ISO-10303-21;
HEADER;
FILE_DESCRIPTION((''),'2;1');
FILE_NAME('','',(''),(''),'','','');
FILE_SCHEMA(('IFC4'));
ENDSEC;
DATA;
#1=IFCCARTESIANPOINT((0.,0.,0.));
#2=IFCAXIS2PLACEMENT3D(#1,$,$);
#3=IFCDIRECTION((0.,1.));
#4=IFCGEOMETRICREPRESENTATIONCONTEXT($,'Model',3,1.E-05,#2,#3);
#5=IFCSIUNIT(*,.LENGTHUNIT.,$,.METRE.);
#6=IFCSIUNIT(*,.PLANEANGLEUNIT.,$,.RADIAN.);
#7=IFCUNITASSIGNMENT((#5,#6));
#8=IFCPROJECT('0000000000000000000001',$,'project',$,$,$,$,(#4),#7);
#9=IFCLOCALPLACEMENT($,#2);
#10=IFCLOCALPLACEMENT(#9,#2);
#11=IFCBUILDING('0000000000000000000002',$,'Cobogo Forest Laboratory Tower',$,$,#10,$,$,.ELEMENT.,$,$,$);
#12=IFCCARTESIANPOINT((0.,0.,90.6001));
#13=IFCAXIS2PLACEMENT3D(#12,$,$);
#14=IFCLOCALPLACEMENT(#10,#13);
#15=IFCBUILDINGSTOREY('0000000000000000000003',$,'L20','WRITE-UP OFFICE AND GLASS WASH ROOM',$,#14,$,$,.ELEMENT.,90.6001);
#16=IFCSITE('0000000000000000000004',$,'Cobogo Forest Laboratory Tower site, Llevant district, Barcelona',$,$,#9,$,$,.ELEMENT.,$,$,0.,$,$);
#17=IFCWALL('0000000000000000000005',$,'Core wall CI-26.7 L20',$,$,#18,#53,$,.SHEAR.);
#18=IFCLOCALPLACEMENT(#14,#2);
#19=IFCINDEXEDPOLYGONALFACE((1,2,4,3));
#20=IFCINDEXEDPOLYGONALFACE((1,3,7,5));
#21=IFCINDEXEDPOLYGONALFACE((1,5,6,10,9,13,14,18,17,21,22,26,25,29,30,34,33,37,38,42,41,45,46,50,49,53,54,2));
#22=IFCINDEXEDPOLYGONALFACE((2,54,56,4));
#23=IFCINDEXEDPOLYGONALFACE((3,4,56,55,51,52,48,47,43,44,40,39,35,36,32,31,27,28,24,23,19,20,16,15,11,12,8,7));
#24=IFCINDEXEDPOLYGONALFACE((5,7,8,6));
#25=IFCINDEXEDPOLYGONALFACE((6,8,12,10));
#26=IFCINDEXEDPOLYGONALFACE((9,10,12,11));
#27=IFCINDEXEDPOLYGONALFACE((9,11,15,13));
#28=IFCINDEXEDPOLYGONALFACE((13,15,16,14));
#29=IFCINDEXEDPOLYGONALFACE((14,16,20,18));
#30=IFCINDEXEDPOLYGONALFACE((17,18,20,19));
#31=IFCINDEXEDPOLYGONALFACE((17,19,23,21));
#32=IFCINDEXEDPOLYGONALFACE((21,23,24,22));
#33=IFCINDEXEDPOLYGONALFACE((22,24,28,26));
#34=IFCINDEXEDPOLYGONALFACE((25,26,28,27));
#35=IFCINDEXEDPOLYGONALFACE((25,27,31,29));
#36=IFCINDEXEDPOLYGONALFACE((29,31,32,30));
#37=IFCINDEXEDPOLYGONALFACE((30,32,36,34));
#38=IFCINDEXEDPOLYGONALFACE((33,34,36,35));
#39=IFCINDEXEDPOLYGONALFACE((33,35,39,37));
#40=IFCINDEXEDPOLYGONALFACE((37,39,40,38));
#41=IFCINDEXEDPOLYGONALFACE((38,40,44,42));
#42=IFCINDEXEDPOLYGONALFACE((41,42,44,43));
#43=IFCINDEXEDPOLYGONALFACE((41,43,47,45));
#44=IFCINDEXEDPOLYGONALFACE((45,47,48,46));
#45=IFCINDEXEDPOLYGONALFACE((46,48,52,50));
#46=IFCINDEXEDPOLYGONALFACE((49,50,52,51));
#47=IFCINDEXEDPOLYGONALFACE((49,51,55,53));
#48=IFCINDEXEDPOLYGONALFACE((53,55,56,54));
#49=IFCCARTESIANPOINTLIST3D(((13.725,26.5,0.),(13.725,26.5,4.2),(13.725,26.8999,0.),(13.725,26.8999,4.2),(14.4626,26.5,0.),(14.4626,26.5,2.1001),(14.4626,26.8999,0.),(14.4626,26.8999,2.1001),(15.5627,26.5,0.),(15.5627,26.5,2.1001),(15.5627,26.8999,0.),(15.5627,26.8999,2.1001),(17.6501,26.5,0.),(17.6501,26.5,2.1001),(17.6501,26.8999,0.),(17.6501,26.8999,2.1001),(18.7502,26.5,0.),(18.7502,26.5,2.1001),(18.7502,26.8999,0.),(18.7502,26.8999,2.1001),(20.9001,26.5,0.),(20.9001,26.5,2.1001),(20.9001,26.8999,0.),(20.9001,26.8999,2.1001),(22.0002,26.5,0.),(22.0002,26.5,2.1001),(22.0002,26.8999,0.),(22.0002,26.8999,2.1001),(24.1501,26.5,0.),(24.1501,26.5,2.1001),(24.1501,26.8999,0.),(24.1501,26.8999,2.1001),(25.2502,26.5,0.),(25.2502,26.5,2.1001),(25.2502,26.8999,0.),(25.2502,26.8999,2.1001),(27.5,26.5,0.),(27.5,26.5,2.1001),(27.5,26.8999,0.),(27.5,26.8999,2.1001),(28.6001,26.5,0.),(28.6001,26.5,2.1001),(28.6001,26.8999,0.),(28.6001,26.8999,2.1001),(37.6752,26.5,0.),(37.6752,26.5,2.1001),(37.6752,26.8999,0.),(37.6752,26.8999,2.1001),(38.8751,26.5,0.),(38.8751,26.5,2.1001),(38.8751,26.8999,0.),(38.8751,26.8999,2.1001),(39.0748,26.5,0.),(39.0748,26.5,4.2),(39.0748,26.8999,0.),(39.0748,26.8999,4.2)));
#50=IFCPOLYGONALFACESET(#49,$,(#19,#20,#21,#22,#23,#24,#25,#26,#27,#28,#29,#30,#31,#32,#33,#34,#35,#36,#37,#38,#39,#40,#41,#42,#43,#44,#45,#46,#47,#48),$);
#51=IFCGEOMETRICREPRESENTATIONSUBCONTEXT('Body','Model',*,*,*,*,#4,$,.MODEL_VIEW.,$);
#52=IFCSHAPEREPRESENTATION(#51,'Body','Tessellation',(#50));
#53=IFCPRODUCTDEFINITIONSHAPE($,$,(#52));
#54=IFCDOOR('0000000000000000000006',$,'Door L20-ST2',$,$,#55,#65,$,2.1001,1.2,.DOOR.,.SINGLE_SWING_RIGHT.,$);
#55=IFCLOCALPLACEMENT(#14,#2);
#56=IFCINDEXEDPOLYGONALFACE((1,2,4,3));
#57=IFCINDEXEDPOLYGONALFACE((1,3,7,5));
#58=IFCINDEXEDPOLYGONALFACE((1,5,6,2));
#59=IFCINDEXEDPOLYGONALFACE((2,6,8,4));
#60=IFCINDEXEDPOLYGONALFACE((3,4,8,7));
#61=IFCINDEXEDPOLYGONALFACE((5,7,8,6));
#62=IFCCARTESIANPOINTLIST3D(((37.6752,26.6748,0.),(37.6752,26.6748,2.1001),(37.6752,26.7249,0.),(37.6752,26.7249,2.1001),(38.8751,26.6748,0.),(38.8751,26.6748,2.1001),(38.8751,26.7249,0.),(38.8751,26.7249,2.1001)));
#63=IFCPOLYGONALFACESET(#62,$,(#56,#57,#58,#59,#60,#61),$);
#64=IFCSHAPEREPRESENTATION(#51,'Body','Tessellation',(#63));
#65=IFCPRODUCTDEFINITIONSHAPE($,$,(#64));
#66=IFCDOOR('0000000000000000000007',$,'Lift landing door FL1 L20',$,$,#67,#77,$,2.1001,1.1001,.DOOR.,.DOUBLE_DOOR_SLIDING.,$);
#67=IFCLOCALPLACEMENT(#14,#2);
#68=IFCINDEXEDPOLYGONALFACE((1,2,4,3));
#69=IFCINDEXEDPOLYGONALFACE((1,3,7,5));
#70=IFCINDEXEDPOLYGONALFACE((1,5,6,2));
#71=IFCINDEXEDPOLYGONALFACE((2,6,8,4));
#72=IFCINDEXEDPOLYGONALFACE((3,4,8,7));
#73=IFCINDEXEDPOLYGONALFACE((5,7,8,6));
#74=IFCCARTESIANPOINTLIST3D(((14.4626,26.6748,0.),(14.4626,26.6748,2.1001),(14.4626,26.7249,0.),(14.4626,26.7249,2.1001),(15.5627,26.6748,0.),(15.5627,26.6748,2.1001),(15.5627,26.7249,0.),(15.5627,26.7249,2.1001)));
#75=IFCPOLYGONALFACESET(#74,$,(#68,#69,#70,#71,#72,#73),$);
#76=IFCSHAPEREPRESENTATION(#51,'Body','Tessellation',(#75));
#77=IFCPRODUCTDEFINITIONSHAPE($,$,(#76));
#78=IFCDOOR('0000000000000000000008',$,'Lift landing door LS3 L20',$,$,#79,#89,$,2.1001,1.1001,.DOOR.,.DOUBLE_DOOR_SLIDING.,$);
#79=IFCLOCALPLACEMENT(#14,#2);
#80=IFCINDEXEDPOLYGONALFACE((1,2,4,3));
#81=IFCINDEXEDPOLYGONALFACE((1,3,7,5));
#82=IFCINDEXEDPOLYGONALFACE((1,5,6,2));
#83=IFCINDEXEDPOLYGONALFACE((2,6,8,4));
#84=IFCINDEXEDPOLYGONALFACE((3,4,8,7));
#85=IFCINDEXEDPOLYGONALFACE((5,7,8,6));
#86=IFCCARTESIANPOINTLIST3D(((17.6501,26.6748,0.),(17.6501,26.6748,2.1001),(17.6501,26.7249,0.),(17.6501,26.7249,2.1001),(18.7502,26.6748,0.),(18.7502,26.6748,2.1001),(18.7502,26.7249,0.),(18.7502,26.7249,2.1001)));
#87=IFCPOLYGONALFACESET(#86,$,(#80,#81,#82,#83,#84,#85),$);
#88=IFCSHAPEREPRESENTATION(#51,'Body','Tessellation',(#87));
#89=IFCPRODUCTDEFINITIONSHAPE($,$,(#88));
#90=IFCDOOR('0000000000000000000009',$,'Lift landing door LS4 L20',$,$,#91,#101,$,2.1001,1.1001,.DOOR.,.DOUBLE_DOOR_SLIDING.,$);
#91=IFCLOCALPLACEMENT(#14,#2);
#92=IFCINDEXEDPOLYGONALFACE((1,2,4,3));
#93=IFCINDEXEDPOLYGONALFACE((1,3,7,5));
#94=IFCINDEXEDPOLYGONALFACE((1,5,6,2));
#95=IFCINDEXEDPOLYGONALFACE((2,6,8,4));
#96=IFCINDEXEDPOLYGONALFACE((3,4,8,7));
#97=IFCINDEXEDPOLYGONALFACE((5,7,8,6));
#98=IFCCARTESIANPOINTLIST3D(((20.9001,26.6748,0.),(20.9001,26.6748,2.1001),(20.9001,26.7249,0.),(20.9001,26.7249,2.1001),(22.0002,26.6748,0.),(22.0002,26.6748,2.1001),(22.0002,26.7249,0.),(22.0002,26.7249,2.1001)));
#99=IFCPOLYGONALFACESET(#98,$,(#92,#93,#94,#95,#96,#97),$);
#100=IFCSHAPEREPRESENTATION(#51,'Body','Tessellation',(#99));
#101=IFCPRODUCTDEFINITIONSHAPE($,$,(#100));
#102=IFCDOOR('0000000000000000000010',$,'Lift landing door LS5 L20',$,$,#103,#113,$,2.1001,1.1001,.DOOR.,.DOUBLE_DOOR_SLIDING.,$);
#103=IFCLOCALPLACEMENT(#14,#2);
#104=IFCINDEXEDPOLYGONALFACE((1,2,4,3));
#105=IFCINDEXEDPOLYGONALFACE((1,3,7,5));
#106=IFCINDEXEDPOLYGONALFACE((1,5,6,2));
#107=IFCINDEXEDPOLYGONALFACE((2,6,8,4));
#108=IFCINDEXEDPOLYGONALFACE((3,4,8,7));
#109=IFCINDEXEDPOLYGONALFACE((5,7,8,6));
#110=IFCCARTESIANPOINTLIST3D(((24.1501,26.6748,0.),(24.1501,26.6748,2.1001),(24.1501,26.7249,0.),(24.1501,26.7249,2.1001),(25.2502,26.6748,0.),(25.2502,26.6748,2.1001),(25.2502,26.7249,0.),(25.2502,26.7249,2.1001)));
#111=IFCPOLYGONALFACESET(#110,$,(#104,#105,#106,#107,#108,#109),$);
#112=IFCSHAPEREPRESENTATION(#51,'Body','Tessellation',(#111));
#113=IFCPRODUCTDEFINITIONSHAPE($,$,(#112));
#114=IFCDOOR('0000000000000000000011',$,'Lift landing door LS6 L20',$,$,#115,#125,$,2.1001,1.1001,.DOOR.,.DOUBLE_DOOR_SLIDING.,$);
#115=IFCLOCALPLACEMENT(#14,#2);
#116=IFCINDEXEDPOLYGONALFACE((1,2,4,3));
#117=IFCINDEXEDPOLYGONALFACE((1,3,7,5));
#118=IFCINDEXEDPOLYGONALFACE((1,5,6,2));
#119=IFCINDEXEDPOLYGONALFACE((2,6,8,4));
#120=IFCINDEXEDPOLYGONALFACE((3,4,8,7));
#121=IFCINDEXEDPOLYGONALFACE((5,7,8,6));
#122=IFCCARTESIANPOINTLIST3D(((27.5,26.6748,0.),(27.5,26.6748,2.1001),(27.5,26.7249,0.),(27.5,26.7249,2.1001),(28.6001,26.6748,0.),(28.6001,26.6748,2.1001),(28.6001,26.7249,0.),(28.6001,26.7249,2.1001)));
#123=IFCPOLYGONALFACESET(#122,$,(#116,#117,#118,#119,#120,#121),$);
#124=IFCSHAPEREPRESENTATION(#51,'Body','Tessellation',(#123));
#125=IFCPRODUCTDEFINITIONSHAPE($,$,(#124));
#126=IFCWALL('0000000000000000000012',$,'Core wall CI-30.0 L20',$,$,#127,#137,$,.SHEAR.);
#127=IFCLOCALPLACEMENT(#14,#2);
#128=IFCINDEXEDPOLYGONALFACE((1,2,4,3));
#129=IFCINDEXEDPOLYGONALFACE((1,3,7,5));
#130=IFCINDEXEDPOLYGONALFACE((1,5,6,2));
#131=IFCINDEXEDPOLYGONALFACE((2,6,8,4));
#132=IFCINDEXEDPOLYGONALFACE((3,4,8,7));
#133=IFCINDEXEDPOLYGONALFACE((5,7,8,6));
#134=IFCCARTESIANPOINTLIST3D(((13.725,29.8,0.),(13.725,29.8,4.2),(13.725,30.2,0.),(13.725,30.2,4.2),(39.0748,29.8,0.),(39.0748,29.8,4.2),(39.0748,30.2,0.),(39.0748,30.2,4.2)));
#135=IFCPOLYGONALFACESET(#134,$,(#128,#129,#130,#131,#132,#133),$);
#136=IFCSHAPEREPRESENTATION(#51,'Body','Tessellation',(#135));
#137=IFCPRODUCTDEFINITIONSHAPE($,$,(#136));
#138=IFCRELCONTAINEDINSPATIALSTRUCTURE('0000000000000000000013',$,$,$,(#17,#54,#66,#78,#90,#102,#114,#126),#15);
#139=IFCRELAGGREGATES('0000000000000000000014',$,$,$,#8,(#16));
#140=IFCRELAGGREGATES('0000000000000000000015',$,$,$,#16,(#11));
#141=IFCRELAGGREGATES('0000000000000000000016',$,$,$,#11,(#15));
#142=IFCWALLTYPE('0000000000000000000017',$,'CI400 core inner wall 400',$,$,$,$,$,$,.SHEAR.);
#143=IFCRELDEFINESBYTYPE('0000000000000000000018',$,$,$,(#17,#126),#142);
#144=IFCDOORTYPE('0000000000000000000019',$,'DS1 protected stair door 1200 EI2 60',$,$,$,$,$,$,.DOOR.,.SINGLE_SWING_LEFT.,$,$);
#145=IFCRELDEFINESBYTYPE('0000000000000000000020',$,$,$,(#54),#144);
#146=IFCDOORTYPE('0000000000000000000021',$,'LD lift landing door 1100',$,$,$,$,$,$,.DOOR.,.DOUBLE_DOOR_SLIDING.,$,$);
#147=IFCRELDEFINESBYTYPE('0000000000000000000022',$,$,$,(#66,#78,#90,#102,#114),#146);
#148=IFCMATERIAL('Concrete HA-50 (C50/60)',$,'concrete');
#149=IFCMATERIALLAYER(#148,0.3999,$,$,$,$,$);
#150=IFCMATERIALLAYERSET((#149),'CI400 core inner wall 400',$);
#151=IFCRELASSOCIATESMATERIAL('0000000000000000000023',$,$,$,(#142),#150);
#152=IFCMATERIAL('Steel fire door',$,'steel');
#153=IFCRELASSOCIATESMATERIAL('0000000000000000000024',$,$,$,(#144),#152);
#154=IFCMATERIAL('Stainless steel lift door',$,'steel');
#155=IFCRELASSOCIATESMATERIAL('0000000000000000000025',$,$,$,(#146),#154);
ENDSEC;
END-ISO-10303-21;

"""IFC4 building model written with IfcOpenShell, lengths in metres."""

from ifc_helpers import new_model, si_unit, direction, frame, frame_2d, origin, place, context, subcontext, project, spatial, rectangle, extrude, material, layer, layer_set, type_object, element, fill, save


model = new_model("IFC4")

# Units and contexts
model_context = context("Model", 3, precision=1e-05, world=origin(), true_north=direction((0.0, 1.0)))
body_context = subcontext(model_context, "Body", "Model", "MODEL_VIEW")
ifc_project = project(units=[si_unit("LENGTHUNIT", "METRE"), si_unit("PLANEANGLEUNIT", "RADIAN")], contexts=[model_context])

# Site, building, storey
site_placement = place(None, origin())
site = spatial("IfcSite", under=ifc_project, at=site_placement, Name="Cobogo Forest Laboratory Tower site, Llevant district, Barcelona", CompositionType="ELEMENT", RefElevation=0.0)
building_placement = place(site_placement, origin())
building = spatial("IfcBuilding", under=site, at=building_placement, Name="Cobogo Forest Laboratory Tower", CompositionType="ELEMENT")
storey_placement = place(building_placement, frame((0.0, 0.0, 90.6001)))
storey = spatial("IfcBuildingStorey", under=building, at=storey_placement, Name="L20", Description="WRITE-UP OFFICE AND GLASS WASH ROOM", CompositionType="ELEMENT", Elevation=90.6001)

# Shared definitions
ifc_material_1 = material(Name="Concrete HA-50 (C50/60)", Category="concrete")

# Wall, openings, doors
ifc_layer_1 = layer(ifc_material_1, 0.3999)
ifc_layer_set_1 = layer_set([ifc_layer_1], Name="CI400 core inner wall 400")
wall_type_1 = type_object("IfcWallType", Name="CI400 core inner wall 400", PredefinedType="SHEAR", material=ifc_layer_set_1)
wall_1_placement = place(storey_placement, frame((13.7251, 26.7, 0.0), z_axis=(0.0, 0.0, 1.0), x_axis=(1.0, 0.0, 0.0)))
wall_1 = element("IfcWall", 1, at=wall_1_placement, inside=storey, type_object=wall_type_1, Name="Core wall CI-26.7 L20", PredefinedType="SHEAR", context=body_context, shape_type="SweptSolid", body=[
    extrude(rectangle(XDim=25.3499, YDim=0.3999, at=frame_2d((12.6748, 0.0))), origin(), (0.0, 0.0, 1.0), 4.2),
])
opening_1_placement = place(wall_1_placement, frame((23.95, 0.0, 0.0)))
opening_1 = element("IfcOpeningElement", 2, at=opening_1_placement, cuts=wall_1, PredefinedType="OPENING", context=body_context, shape_type="SweptSolid", body=[
    extrude(rectangle(XDim=1.2, YDim=2.1001, at=frame_2d((0.6001, 1.05))), frame((0.0, 0.21, 0.0), z_axis=(0.0, -1.0, 0.0), x_axis=(1.0, 0.0, 0.0)), (0.0, 0.0, 1.0), 0.4199),
])
opening_2_placement = place(wall_1_placement, frame((0.7375, 0.0, 0.0)))
opening_2 = element("IfcOpeningElement", 3, at=opening_2_placement, cuts=wall_1, PredefinedType="OPENING", context=body_context, shape_type="SweptSolid", body=[
    extrude(rectangle(XDim=1.1001, YDim=2.1001, at=frame_2d((0.55, 1.05))), frame((0.0, 0.21, 0.0), z_axis=(0.0, -1.0, 0.0), x_axis=(1.0, 0.0, 0.0)), (0.0, 0.0, 1.0), 0.4199),
])
opening_3_placement = place(wall_1_placement, frame((3.925, 0.0, 0.0)))
opening_3 = element("IfcOpeningElement", 4, at=opening_3_placement, cuts=wall_1, PredefinedType="OPENING", context=body_context, shape_type="SweptSolid", body=[
    extrude(rectangle(XDim=1.1001, YDim=2.1001, at=frame_2d((0.55, 1.05))), frame((0.0, 0.21, 0.0), z_axis=(0.0, -1.0, 0.0), x_axis=(1.0, 0.0, 0.0)), (0.0, 0.0, 1.0), 0.4199),
])
opening_4_placement = place(wall_1_placement, frame((7.175, 0.0, 0.0)))
opening_4 = element("IfcOpeningElement", 5, at=opening_4_placement, cuts=wall_1, PredefinedType="OPENING", context=body_context, shape_type="SweptSolid", body=[
    extrude(rectangle(XDim=1.1001, YDim=2.1001, at=frame_2d((0.55, 1.05))), frame((0.0, 0.21, 0.0), z_axis=(0.0, -1.0, 0.0), x_axis=(1.0, 0.0, 0.0)), (0.0, 0.0, 1.0), 0.4199),
])
opening_5_placement = place(wall_1_placement, frame((10.425, 0.0, 0.0)))
opening_5 = element("IfcOpeningElement", 6, at=opening_5_placement, cuts=wall_1, PredefinedType="OPENING", context=body_context, shape_type="SweptSolid", body=[
    extrude(rectangle(XDim=1.1001, YDim=2.1001, at=frame_2d((0.55, 1.05))), frame((0.0, 0.21, 0.0), z_axis=(0.0, -1.0, 0.0), x_axis=(1.0, 0.0, 0.0)), (0.0, 0.0, 1.0), 0.4199),
])
opening_6_placement = place(wall_1_placement, frame((13.7749, 0.0, 0.0)))
opening_6 = element("IfcOpeningElement", 7, at=opening_6_placement, cuts=wall_1, PredefinedType="OPENING", context=body_context, shape_type="SweptSolid", body=[
    extrude(rectangle(XDim=1.1001, YDim=2.1001, at=frame_2d((0.55, 1.05))), frame((0.0, 0.21, 0.0), z_axis=(0.0, -1.0, 0.0), x_axis=(1.0, 0.0, 0.0)), (0.0, 0.0, 1.0), 0.4199),
])
ifc_material_2 = material(Name="Steel fire door", Category="steel")
door_type_1 = type_object("IfcDoorType", Name="DS1 protected stair door 1200 EI2 60", OperationType="SINGLE_SWING_LEFT", PredefinedType="DOOR", material=ifc_material_2)
door_1_placement = place(opening_1_placement, origin())
door_1 = element("IfcDoor", 8, at=door_1_placement, inside=storey, type_object=door_type_1, Name="Door L20-ST2", OperationType="SINGLE_SWING_RIGHT", OverallHeight=2.1001, OverallWidth=1.2, PredefinedType="DOOR", context=body_context, shape_type="SweptSolid", body=[
    extrude(rectangle(XDim=1.2, YDim=2.1001, at=frame_2d((0.6001, 1.05))), frame((0.0, 0.0249, 0.0), z_axis=(0.0, -1.0, 0.0), x_axis=(1.0, 0.0, 0.0)), (0.0, 0.0, 1.0), 0.05),
])
fill(opening_1, door_1)
ifc_material_3 = material(Name="Stainless steel lift door", Category="steel")
door_type_2 = type_object("IfcDoorType", Name="LD lift landing door 1100", OperationType="DOUBLE_DOOR_SLIDING", PredefinedType="DOOR", material=ifc_material_3)
door_2_placement = place(opening_2_placement, origin())
door_2 = element("IfcDoor", 9, at=door_2_placement, inside=storey, type_object=door_type_2, Name="Lift landing door FL1 L20", OperationType="DOUBLE_DOOR_SLIDING", OverallHeight=2.1001, OverallWidth=1.1001, PredefinedType="DOOR", context=body_context, shape_type="SweptSolid", body=[
    extrude(rectangle(XDim=1.1001, YDim=2.1001, at=frame_2d((0.55, 1.05))), frame((0.0, 0.0249, 0.0), z_axis=(0.0, -1.0, 0.0), x_axis=(1.0, 0.0, 0.0)), (0.0, 0.0, 1.0), 0.05),
])
fill(opening_2, door_2)
door_3_placement = place(opening_3_placement, origin())
door_3 = element("IfcDoor", 10, at=door_3_placement, inside=storey, type_object=door_type_2, Name="Lift landing door LS3 L20", OperationType="DOUBLE_DOOR_SLIDING", OverallHeight=2.1001, OverallWidth=1.1001, PredefinedType="DOOR", context=body_context, shape_type="SweptSolid", body=[
    extrude(rectangle(XDim=1.1001, YDim=2.1001, at=frame_2d((0.55, 1.05))), frame((0.0, 0.0249, 0.0), z_axis=(0.0, -1.0, 0.0), x_axis=(1.0, 0.0, 0.0)), (0.0, 0.0, 1.0), 0.05),
])
fill(opening_3, door_3)
door_4_placement = place(opening_4_placement, origin())
door_4 = element("IfcDoor", 11, at=door_4_placement, inside=storey, type_object=door_type_2, Name="Lift landing door LS4 L20", OperationType="DOUBLE_DOOR_SLIDING", OverallHeight=2.1001, OverallWidth=1.1001, PredefinedType="DOOR", context=body_context, shape_type="SweptSolid", body=[
    extrude(rectangle(XDim=1.1001, YDim=2.1001, at=frame_2d((0.55, 1.05))), frame((0.0, 0.0249, 0.0), z_axis=(0.0, -1.0, 0.0), x_axis=(1.0, 0.0, 0.0)), (0.0, 0.0, 1.0), 0.05),
])
fill(opening_4, door_4)
door_5_placement = place(opening_5_placement, origin())
door_5 = element("IfcDoor", 12, at=door_5_placement, inside=storey, type_object=door_type_2, Name="Lift landing door LS5 L20", OperationType="DOUBLE_DOOR_SLIDING", OverallHeight=2.1001, OverallWidth=1.1001, PredefinedType="DOOR", context=body_context, shape_type="SweptSolid", body=[
    extrude(rectangle(XDim=1.1001, YDim=2.1001, at=frame_2d((0.55, 1.05))), frame((0.0, 0.0249, 0.0), z_axis=(0.0, -1.0, 0.0), x_axis=(1.0, 0.0, 0.0)), (0.0, 0.0, 1.0), 0.05),
])
fill(opening_5, door_5)
door_6_placement = place(opening_6_placement, origin())
door_6 = element("IfcDoor", 13, at=door_6_placement, inside=storey, type_object=door_type_2, Name="Lift landing door LS6 L20", OperationType="DOUBLE_DOOR_SLIDING", OverallHeight=2.1001, OverallWidth=1.1001, PredefinedType="DOOR", context=body_context, shape_type="SweptSolid", body=[
    extrude(rectangle(XDim=1.1001, YDim=2.1001, at=frame_2d((0.55, 1.05))), frame((0.0, 0.0249, 0.0), z_axis=(0.0, -1.0, 0.0), x_axis=(1.0, 0.0, 0.0)), (0.0, 0.0, 1.0), 0.05),
])
fill(opening_6, door_6)

# Wall
wall_2_placement = place(storey_placement, frame((13.7251, 30.0, 0.0), z_axis=(0.0, 0.0, 1.0), x_axis=(1.0, 0.0, 0.0)))
element("IfcWall", 14, at=wall_2_placement, inside=storey, type_object=wall_type_1, Name="Core wall CI-30.0 L20", PredefinedType="SHEAR", context=body_context, shape_type="SweptSolid", body=[
    extrude(rectangle(XDim=25.3499, YDim=0.3999, at=frame_2d((12.6748, 0.0))), origin(), (0.0, 0.0, 1.0), 4.2),
])

save(model, "model.ifc")
